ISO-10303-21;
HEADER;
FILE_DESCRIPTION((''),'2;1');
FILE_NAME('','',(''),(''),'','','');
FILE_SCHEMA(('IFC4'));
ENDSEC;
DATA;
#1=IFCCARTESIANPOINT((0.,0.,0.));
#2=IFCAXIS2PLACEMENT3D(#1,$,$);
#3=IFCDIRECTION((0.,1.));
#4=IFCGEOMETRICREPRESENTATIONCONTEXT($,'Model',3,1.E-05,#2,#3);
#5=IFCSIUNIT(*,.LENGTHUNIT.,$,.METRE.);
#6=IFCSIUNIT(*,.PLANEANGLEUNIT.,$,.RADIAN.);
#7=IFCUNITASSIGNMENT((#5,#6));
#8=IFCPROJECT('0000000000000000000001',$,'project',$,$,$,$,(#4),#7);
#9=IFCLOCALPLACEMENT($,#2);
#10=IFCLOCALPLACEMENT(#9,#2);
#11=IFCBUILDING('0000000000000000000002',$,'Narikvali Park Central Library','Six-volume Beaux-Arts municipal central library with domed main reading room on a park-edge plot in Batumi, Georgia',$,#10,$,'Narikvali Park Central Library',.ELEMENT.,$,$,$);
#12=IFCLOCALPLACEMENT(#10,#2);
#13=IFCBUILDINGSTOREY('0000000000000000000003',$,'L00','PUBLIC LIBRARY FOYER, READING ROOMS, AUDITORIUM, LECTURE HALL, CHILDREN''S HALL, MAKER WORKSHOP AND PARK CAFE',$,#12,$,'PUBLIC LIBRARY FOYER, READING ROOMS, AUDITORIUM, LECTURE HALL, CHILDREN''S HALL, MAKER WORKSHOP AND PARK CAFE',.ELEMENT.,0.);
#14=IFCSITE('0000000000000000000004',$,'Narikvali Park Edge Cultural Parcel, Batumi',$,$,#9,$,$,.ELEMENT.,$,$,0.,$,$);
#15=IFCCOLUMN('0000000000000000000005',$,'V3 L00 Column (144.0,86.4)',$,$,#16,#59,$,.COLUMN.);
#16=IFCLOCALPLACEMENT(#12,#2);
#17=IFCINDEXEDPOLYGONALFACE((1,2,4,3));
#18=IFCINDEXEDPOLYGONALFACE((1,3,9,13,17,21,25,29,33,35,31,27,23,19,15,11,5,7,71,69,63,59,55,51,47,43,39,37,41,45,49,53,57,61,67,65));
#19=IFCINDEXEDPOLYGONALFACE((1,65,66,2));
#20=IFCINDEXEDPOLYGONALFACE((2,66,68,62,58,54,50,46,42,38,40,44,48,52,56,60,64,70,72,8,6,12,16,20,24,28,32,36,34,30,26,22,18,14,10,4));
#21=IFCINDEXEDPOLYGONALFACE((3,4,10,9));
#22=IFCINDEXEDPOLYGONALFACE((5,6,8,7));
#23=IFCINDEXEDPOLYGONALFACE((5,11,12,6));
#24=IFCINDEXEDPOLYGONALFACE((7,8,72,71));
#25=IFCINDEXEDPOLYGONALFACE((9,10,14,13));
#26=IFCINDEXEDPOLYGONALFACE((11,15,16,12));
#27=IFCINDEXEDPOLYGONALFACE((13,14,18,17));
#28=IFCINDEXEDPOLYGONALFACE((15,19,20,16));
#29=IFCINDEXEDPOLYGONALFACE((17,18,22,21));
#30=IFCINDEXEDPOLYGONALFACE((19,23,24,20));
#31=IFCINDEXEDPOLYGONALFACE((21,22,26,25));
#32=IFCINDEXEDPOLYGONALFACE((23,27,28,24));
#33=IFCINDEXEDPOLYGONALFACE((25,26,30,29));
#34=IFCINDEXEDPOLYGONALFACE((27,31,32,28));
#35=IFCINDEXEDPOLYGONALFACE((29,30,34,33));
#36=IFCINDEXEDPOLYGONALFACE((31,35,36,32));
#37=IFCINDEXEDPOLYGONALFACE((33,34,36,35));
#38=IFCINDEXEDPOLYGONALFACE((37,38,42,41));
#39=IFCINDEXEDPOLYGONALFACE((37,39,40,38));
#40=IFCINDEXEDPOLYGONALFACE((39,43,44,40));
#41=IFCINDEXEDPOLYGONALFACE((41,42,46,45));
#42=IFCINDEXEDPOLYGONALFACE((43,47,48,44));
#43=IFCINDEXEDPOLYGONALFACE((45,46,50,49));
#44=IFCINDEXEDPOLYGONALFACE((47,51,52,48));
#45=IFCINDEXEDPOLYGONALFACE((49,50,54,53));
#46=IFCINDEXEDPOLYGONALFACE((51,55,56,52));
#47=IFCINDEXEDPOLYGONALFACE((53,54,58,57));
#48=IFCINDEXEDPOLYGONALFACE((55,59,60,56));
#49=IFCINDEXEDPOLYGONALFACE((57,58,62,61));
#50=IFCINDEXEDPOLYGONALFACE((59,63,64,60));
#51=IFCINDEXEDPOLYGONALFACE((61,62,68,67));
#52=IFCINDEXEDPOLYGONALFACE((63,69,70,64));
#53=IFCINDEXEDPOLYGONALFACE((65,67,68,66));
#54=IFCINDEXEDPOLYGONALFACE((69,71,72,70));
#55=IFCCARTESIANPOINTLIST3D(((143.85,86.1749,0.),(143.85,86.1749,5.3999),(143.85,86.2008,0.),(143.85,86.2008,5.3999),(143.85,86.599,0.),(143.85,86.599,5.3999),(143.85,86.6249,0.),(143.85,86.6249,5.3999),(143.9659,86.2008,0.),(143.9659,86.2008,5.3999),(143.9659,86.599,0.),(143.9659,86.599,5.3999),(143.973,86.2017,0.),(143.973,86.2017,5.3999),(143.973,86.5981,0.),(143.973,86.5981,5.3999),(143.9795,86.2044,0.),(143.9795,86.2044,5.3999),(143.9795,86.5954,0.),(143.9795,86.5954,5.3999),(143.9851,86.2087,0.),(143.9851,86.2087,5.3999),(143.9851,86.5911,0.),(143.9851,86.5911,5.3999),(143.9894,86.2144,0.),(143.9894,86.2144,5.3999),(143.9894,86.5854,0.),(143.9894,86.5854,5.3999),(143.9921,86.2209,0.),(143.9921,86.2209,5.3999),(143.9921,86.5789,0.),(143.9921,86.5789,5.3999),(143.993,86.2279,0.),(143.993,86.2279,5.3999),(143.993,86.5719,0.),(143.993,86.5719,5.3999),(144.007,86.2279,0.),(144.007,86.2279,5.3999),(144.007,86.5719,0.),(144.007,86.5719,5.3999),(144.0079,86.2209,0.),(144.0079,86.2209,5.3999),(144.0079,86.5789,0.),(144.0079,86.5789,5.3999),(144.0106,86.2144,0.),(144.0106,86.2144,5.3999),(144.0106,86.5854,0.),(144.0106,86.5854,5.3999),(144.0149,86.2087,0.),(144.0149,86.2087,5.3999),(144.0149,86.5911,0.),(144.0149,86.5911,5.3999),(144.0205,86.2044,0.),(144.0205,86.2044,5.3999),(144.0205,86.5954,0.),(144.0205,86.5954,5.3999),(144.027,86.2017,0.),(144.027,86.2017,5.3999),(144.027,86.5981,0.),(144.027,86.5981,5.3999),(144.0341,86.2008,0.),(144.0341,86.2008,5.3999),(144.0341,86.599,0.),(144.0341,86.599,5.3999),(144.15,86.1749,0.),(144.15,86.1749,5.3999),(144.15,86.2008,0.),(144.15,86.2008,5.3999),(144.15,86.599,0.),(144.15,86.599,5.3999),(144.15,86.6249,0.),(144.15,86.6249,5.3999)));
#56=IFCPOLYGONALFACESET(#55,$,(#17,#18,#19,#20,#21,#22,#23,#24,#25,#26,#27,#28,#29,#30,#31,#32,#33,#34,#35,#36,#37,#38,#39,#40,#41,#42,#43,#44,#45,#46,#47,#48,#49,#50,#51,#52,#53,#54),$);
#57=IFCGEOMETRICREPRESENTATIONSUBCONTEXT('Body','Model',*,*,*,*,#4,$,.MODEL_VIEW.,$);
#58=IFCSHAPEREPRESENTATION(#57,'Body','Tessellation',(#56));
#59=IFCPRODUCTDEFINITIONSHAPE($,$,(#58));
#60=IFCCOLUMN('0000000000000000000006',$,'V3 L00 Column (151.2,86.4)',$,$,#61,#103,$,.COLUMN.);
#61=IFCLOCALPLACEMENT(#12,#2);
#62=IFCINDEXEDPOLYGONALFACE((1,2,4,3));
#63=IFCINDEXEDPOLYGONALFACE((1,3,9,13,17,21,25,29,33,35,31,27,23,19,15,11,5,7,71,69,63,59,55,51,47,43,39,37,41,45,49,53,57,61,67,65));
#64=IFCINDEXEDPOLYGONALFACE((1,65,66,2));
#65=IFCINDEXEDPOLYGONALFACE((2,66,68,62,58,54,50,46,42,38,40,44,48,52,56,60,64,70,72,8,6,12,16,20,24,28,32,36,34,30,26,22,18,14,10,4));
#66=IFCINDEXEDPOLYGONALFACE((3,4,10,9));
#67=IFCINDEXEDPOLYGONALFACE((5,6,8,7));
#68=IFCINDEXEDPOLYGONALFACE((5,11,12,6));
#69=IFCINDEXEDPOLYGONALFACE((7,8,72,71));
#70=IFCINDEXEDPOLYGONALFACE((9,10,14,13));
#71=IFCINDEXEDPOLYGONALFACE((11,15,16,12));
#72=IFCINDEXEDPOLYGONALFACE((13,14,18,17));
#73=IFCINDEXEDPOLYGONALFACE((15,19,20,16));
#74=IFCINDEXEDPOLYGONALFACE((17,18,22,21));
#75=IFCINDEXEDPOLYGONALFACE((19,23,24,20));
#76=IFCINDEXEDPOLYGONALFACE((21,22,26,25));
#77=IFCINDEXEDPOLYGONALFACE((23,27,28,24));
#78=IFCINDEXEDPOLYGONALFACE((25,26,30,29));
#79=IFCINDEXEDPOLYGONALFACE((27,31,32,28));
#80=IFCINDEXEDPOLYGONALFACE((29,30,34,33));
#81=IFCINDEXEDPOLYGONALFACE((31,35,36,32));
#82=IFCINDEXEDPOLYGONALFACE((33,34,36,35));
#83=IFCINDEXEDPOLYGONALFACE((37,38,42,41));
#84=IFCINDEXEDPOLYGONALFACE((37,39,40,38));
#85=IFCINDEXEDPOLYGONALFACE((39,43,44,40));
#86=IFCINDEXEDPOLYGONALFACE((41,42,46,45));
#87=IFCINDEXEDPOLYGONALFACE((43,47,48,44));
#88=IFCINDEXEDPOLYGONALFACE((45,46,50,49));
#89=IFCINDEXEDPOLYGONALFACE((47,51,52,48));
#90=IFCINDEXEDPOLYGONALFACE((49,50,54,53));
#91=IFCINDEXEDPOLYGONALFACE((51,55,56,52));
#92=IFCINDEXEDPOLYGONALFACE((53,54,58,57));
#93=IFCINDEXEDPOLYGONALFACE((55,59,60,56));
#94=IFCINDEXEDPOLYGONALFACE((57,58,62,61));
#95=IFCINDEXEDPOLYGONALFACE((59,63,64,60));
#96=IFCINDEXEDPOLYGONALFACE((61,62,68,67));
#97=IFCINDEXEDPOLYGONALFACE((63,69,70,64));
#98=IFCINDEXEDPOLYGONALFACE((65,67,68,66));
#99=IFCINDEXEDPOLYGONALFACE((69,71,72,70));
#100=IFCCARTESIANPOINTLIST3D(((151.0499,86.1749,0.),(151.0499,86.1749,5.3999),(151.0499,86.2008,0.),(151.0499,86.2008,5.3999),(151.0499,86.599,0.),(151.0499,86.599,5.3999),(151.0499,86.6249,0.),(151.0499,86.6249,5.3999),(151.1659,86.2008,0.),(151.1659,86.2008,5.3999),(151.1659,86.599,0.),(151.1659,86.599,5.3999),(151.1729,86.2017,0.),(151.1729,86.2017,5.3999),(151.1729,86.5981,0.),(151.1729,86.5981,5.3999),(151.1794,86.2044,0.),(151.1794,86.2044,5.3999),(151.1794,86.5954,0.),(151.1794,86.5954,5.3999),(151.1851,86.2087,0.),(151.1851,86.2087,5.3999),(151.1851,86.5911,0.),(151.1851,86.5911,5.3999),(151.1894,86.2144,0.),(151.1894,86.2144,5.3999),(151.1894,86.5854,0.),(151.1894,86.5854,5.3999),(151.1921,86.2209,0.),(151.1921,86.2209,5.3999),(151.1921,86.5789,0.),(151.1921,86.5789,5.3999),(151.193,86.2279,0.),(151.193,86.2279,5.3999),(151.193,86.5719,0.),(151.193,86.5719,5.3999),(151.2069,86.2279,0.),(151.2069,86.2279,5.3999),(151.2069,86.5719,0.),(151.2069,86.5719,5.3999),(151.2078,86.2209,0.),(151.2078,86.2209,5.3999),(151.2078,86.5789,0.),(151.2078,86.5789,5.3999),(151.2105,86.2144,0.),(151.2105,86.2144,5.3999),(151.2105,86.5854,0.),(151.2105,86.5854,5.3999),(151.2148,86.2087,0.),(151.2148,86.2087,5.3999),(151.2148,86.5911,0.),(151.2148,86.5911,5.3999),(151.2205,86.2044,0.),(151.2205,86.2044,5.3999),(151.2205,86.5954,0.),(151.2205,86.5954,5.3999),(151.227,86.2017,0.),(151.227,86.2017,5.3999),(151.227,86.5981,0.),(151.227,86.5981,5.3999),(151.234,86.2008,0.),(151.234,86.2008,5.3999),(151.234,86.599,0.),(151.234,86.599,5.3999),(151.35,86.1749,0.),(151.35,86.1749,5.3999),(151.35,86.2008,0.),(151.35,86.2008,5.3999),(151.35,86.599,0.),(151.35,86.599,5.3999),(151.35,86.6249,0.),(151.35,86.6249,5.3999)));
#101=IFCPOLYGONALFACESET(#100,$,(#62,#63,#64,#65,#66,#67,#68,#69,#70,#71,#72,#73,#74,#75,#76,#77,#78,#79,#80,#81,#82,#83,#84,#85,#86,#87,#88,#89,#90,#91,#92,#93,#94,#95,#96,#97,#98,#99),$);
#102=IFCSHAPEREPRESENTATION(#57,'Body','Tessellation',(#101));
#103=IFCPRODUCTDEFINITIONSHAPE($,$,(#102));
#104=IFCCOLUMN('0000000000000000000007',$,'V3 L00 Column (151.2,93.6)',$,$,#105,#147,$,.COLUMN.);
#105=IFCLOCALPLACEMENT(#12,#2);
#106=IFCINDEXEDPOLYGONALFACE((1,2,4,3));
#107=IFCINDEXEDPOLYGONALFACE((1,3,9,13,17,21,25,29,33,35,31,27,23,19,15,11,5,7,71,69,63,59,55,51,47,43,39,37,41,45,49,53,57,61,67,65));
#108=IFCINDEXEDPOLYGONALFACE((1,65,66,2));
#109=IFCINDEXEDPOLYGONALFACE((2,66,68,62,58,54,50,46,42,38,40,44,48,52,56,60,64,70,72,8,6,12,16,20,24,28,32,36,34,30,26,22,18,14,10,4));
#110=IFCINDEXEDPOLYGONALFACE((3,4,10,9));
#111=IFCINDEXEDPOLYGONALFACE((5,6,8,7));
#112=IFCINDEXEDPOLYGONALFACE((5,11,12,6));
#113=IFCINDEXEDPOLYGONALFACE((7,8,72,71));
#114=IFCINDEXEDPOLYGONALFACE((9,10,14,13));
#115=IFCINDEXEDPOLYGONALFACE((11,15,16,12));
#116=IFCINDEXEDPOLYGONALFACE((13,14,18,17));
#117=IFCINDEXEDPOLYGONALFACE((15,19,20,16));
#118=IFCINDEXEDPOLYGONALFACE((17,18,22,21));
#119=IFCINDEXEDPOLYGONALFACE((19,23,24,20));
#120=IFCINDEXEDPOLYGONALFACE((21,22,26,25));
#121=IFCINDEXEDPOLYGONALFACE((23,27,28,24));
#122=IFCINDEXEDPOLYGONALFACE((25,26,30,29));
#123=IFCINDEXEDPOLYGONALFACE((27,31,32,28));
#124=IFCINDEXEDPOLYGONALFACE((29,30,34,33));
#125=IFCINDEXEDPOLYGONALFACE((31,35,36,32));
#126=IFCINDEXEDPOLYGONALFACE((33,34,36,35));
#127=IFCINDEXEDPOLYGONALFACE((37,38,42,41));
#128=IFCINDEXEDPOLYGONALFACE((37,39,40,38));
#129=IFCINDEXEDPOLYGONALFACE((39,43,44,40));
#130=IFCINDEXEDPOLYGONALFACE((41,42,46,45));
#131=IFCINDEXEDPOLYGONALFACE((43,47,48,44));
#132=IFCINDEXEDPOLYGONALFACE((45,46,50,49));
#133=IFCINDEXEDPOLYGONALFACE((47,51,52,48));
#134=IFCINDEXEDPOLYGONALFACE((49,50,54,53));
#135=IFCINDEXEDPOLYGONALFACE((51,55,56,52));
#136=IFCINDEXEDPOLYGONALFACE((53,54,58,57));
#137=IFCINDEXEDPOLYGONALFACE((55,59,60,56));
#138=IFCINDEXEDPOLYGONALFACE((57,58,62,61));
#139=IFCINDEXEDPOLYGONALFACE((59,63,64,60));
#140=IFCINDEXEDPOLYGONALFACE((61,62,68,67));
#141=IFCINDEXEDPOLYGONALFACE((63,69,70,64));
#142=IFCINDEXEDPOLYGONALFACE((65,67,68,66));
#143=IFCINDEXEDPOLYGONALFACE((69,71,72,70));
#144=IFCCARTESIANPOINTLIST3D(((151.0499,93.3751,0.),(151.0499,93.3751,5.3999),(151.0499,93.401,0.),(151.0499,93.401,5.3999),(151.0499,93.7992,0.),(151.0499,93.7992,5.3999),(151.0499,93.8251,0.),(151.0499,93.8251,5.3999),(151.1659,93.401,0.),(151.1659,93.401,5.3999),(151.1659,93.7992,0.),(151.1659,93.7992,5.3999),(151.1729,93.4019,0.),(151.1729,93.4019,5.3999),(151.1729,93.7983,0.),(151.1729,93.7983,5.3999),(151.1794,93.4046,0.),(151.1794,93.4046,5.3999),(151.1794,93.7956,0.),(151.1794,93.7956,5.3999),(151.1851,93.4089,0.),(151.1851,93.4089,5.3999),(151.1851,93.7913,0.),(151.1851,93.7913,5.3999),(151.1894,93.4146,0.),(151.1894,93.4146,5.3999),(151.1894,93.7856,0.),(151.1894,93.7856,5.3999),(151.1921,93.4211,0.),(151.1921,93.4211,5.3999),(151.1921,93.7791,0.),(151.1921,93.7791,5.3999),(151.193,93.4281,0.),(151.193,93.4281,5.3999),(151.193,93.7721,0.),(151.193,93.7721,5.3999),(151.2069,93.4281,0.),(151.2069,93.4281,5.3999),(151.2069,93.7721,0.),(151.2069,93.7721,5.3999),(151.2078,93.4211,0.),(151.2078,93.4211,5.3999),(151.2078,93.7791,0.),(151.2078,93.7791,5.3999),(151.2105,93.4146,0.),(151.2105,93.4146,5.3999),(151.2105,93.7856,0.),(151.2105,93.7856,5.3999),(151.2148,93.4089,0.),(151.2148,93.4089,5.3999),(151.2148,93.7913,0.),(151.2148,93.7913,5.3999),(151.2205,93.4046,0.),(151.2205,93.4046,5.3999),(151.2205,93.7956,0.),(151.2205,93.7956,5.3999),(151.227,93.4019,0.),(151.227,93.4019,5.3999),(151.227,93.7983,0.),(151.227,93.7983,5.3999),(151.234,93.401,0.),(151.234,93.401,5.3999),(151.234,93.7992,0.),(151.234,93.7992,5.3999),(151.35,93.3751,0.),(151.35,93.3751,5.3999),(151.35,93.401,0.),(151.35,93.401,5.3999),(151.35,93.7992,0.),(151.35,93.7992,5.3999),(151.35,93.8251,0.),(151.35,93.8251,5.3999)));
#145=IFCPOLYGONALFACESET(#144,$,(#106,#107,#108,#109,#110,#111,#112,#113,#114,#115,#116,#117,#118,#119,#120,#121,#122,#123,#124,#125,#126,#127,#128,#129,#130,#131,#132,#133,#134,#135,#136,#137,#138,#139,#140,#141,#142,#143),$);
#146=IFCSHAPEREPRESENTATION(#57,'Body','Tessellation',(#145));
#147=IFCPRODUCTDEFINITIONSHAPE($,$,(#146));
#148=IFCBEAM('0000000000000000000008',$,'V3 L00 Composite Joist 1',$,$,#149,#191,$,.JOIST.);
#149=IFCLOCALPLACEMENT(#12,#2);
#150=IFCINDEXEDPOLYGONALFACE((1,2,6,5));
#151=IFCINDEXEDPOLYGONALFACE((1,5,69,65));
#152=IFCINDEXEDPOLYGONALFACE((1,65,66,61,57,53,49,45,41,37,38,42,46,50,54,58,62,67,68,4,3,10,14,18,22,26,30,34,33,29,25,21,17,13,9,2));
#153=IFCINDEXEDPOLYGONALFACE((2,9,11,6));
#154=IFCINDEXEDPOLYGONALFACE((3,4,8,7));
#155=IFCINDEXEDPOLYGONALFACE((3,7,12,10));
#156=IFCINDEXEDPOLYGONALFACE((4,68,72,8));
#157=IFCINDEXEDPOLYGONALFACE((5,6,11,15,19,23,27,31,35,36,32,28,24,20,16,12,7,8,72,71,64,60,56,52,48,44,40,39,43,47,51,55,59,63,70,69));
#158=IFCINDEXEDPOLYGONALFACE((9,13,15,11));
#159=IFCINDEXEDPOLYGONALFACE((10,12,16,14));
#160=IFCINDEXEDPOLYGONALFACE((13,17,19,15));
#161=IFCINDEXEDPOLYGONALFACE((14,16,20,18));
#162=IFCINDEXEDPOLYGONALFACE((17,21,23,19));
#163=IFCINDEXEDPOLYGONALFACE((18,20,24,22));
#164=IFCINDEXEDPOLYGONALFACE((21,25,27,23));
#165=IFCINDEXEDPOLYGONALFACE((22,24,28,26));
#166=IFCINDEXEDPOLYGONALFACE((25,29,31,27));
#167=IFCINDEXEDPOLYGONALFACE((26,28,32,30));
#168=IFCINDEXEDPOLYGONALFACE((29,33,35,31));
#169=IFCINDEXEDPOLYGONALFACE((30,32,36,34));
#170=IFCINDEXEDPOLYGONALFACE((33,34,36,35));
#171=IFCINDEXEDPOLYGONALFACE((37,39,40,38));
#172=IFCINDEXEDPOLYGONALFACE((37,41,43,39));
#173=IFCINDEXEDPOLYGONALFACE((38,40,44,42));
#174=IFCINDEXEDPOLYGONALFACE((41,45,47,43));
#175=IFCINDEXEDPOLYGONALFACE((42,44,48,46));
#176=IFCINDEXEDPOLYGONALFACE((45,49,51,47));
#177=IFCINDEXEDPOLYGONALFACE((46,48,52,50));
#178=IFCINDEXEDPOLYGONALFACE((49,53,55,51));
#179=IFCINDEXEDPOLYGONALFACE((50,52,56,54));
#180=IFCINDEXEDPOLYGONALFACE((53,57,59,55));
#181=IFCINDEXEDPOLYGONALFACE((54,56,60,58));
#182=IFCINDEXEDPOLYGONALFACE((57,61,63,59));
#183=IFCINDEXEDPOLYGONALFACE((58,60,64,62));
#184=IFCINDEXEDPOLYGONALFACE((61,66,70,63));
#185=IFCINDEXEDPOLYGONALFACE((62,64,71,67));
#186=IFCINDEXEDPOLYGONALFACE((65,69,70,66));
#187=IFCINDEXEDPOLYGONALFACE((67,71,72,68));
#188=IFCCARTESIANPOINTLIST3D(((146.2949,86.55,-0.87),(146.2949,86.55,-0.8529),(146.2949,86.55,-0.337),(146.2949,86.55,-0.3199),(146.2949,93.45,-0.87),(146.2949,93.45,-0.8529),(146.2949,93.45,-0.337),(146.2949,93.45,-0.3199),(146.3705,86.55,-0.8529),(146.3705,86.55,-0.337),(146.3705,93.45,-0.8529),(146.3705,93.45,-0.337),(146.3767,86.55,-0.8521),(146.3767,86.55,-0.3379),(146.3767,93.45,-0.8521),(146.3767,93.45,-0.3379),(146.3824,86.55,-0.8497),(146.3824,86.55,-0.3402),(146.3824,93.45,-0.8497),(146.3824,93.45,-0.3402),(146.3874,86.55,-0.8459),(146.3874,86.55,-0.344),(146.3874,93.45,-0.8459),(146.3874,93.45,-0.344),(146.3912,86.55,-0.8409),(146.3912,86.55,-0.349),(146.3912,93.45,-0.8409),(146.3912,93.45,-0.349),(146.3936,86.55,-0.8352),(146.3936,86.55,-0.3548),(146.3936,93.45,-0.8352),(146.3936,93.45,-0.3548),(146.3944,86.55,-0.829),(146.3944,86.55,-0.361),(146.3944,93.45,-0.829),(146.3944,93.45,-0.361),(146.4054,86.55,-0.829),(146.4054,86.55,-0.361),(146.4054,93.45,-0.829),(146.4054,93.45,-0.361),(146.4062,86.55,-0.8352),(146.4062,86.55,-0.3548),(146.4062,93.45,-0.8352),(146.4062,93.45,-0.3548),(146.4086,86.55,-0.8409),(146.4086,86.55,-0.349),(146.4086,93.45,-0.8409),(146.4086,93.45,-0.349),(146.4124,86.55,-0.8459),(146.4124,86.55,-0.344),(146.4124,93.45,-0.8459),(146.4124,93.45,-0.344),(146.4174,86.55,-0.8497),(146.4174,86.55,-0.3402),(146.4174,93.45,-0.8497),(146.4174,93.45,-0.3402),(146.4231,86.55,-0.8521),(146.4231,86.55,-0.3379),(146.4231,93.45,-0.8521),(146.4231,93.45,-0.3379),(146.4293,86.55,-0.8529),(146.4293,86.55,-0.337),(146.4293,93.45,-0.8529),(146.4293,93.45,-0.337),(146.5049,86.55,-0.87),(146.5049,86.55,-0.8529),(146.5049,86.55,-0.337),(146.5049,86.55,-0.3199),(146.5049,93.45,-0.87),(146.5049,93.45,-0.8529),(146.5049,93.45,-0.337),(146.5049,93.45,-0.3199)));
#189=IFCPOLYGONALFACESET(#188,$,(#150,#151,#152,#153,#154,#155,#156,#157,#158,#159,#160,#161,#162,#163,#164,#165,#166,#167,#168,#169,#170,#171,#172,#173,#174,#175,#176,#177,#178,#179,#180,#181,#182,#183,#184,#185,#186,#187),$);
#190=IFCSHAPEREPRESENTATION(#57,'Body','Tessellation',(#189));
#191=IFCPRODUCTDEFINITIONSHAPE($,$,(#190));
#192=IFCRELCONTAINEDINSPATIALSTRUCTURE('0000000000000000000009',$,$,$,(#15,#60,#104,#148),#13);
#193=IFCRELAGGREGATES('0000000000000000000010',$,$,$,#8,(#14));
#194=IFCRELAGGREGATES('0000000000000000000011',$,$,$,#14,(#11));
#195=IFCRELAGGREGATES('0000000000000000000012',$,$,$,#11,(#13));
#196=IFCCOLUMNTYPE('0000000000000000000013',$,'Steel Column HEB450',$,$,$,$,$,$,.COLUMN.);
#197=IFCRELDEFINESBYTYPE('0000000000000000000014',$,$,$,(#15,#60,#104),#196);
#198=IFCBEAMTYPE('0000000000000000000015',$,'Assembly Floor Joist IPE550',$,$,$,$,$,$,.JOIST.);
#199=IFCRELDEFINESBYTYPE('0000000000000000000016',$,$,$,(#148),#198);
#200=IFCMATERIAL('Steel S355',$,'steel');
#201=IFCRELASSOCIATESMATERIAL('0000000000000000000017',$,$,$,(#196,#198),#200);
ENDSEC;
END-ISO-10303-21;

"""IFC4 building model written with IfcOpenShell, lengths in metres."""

from ifc_helpers import new_model, si_unit, direction, frame, origin, origin_2d, place, context, subcontext, project, spatial, i_section, extrude, material, material_profile, profile_set, type_object, element, save


model = new_model("IFC4")

# Units and contexts
model_context = context("Model", 3, precision=1e-05, world=origin(), true_north=direction((0.0, 1.0)))
body_context = subcontext(model_context, "Body", "Model", "MODEL_VIEW")
ifc_project = project(units=[si_unit("LENGTHUNIT", "METRE"), si_unit("PLANEANGLEUNIT", "RADIAN")], contexts=[model_context])

# Site, building, storey
site_placement = place(None, origin())
site = spatial("IfcSite", under=ifc_project, at=site_placement, Name="Narikvali Park Edge Cultural Parcel, Batumi", CompositionType="ELEMENT", RefElevation=0.0)
building_placement = place(site_placement, origin())
building = spatial("IfcBuilding", under=site, at=building_placement, Name="Narikvali Park Central Library", Description="Six-volume Beaux-Arts municipal central library with domed main reading room on a park-edge plot in Batumi, Georgia", LongName="Narikvali Park Central Library", CompositionType="ELEMENT")
storey_placement = place(building_placement, origin())
storey = spatial("IfcBuildingStorey", under=building, at=storey_placement, Name="L00", Description="PUBLIC LIBRARY FOYER, READING ROOMS, AUDITORIUM, LECTURE HALL, CHILDREN'S HALL, MAKER WORKSHOP AND PARK CAFE", LongName="PUBLIC LIBRARY FOYER, READING ROOMS, AUDITORIUM, LECTURE HALL, CHILDREN'S HALL, MAKER WORKSHOP AND PARK CAFE", CompositionType="ELEMENT", Elevation=0.0)

# Columns
ifc_material_1 = material(Name="Steel S355", Category="steel")
ifc_material_profile_1 = material_profile(ifc_material_1, i_section(OverallWidth=0.3, OverallDepth=0.45, WebThickness=0.0139, FlangeThickness=0.0259, FilletRadius=0.0271, at=origin_2d()), Name="HEB 450")
ifc_profile_set_1 = profile_set([ifc_material_profile_1], Name="Steel S355")
column_type = type_object("IfcColumnType", Name="Steel Column HEB450", PredefinedType="COLUMN", material=ifc_profile_set_1)
for number, where, z_axis, x_axis, name in (
    (1, (144.0, 86.3999, 0.0), (0.0, 0.0, 1.0), (1.0, 0.0, 0.0), "V3 L00 Column (144.0,86.4)"),
    (2, (151.2, 86.3999, 0.0), (0.0, 0.0, 1.0), (1.0, 0.0, 0.0), "V3 L00 Column (151.2,86.4)"),
    (3, (151.2, 93.6001, 0.0), (0.0, 0.0, 1.0), (1.0, 0.0, 0.0), "V3 L00 Column (151.2,93.6)"),
):
    element("IfcColumn", number, at=place(storey_placement, frame(where, z_axis=z_axis, x_axis=x_axis)), inside=storey, type_object=column_type, Name=name, PredefinedType="COLUMN", context=body_context, shape_type="SweptSolid", body=[
        extrude(i_section(OverallWidth=0.3, OverallDepth=0.45, WebThickness=0.0139, FlangeThickness=0.0259, FilletRadius=0.0271, at=origin_2d()), origin(), (0.0, 0.0, 1.0), 5.3999),
    ])

# Beam
ifc_material_profile_2 = material_profile(ifc_material_1, i_section(OverallWidth=0.21, OverallDepth=0.55, WebThickness=0.011, FlangeThickness=0.0171, FilletRadius=0.0239, at=origin_2d()), Name="IPE 550")
ifc_profile_set_2 = profile_set([ifc_material_profile_2], Name="Steel S355")
beam_type_1 = type_object("IfcBeamType", Name="Assembly Floor Joist IPE550", PredefinedType="JOIST", material=ifc_profile_set_2)
for number, where, z_axis, x_axis, name in (
    (4, (146.3999, 86.55, -0.595), (0.0, 1.0, 0.0), (-1.0, 0.0, 0.0), "V3 L00 Composite Joist 1"),
):
    element("IfcBeam", number, at=place(storey_placement, frame(where, z_axis=z_axis, x_axis=x_axis)), inside=storey, type_object=beam_type_1, Name=name, PredefinedType="JOIST", context=body_context, shape_type="SweptSolid", body=[
        extrude(i_section(OverallWidth=0.21, OverallDepth=0.55, WebThickness=0.011, FlangeThickness=0.0171, FilletRadius=0.0239, at=origin_2d()), origin(), (0.0, 0.0, 1.0), 6.8999),
    ])

save(model, "model.ifc")
